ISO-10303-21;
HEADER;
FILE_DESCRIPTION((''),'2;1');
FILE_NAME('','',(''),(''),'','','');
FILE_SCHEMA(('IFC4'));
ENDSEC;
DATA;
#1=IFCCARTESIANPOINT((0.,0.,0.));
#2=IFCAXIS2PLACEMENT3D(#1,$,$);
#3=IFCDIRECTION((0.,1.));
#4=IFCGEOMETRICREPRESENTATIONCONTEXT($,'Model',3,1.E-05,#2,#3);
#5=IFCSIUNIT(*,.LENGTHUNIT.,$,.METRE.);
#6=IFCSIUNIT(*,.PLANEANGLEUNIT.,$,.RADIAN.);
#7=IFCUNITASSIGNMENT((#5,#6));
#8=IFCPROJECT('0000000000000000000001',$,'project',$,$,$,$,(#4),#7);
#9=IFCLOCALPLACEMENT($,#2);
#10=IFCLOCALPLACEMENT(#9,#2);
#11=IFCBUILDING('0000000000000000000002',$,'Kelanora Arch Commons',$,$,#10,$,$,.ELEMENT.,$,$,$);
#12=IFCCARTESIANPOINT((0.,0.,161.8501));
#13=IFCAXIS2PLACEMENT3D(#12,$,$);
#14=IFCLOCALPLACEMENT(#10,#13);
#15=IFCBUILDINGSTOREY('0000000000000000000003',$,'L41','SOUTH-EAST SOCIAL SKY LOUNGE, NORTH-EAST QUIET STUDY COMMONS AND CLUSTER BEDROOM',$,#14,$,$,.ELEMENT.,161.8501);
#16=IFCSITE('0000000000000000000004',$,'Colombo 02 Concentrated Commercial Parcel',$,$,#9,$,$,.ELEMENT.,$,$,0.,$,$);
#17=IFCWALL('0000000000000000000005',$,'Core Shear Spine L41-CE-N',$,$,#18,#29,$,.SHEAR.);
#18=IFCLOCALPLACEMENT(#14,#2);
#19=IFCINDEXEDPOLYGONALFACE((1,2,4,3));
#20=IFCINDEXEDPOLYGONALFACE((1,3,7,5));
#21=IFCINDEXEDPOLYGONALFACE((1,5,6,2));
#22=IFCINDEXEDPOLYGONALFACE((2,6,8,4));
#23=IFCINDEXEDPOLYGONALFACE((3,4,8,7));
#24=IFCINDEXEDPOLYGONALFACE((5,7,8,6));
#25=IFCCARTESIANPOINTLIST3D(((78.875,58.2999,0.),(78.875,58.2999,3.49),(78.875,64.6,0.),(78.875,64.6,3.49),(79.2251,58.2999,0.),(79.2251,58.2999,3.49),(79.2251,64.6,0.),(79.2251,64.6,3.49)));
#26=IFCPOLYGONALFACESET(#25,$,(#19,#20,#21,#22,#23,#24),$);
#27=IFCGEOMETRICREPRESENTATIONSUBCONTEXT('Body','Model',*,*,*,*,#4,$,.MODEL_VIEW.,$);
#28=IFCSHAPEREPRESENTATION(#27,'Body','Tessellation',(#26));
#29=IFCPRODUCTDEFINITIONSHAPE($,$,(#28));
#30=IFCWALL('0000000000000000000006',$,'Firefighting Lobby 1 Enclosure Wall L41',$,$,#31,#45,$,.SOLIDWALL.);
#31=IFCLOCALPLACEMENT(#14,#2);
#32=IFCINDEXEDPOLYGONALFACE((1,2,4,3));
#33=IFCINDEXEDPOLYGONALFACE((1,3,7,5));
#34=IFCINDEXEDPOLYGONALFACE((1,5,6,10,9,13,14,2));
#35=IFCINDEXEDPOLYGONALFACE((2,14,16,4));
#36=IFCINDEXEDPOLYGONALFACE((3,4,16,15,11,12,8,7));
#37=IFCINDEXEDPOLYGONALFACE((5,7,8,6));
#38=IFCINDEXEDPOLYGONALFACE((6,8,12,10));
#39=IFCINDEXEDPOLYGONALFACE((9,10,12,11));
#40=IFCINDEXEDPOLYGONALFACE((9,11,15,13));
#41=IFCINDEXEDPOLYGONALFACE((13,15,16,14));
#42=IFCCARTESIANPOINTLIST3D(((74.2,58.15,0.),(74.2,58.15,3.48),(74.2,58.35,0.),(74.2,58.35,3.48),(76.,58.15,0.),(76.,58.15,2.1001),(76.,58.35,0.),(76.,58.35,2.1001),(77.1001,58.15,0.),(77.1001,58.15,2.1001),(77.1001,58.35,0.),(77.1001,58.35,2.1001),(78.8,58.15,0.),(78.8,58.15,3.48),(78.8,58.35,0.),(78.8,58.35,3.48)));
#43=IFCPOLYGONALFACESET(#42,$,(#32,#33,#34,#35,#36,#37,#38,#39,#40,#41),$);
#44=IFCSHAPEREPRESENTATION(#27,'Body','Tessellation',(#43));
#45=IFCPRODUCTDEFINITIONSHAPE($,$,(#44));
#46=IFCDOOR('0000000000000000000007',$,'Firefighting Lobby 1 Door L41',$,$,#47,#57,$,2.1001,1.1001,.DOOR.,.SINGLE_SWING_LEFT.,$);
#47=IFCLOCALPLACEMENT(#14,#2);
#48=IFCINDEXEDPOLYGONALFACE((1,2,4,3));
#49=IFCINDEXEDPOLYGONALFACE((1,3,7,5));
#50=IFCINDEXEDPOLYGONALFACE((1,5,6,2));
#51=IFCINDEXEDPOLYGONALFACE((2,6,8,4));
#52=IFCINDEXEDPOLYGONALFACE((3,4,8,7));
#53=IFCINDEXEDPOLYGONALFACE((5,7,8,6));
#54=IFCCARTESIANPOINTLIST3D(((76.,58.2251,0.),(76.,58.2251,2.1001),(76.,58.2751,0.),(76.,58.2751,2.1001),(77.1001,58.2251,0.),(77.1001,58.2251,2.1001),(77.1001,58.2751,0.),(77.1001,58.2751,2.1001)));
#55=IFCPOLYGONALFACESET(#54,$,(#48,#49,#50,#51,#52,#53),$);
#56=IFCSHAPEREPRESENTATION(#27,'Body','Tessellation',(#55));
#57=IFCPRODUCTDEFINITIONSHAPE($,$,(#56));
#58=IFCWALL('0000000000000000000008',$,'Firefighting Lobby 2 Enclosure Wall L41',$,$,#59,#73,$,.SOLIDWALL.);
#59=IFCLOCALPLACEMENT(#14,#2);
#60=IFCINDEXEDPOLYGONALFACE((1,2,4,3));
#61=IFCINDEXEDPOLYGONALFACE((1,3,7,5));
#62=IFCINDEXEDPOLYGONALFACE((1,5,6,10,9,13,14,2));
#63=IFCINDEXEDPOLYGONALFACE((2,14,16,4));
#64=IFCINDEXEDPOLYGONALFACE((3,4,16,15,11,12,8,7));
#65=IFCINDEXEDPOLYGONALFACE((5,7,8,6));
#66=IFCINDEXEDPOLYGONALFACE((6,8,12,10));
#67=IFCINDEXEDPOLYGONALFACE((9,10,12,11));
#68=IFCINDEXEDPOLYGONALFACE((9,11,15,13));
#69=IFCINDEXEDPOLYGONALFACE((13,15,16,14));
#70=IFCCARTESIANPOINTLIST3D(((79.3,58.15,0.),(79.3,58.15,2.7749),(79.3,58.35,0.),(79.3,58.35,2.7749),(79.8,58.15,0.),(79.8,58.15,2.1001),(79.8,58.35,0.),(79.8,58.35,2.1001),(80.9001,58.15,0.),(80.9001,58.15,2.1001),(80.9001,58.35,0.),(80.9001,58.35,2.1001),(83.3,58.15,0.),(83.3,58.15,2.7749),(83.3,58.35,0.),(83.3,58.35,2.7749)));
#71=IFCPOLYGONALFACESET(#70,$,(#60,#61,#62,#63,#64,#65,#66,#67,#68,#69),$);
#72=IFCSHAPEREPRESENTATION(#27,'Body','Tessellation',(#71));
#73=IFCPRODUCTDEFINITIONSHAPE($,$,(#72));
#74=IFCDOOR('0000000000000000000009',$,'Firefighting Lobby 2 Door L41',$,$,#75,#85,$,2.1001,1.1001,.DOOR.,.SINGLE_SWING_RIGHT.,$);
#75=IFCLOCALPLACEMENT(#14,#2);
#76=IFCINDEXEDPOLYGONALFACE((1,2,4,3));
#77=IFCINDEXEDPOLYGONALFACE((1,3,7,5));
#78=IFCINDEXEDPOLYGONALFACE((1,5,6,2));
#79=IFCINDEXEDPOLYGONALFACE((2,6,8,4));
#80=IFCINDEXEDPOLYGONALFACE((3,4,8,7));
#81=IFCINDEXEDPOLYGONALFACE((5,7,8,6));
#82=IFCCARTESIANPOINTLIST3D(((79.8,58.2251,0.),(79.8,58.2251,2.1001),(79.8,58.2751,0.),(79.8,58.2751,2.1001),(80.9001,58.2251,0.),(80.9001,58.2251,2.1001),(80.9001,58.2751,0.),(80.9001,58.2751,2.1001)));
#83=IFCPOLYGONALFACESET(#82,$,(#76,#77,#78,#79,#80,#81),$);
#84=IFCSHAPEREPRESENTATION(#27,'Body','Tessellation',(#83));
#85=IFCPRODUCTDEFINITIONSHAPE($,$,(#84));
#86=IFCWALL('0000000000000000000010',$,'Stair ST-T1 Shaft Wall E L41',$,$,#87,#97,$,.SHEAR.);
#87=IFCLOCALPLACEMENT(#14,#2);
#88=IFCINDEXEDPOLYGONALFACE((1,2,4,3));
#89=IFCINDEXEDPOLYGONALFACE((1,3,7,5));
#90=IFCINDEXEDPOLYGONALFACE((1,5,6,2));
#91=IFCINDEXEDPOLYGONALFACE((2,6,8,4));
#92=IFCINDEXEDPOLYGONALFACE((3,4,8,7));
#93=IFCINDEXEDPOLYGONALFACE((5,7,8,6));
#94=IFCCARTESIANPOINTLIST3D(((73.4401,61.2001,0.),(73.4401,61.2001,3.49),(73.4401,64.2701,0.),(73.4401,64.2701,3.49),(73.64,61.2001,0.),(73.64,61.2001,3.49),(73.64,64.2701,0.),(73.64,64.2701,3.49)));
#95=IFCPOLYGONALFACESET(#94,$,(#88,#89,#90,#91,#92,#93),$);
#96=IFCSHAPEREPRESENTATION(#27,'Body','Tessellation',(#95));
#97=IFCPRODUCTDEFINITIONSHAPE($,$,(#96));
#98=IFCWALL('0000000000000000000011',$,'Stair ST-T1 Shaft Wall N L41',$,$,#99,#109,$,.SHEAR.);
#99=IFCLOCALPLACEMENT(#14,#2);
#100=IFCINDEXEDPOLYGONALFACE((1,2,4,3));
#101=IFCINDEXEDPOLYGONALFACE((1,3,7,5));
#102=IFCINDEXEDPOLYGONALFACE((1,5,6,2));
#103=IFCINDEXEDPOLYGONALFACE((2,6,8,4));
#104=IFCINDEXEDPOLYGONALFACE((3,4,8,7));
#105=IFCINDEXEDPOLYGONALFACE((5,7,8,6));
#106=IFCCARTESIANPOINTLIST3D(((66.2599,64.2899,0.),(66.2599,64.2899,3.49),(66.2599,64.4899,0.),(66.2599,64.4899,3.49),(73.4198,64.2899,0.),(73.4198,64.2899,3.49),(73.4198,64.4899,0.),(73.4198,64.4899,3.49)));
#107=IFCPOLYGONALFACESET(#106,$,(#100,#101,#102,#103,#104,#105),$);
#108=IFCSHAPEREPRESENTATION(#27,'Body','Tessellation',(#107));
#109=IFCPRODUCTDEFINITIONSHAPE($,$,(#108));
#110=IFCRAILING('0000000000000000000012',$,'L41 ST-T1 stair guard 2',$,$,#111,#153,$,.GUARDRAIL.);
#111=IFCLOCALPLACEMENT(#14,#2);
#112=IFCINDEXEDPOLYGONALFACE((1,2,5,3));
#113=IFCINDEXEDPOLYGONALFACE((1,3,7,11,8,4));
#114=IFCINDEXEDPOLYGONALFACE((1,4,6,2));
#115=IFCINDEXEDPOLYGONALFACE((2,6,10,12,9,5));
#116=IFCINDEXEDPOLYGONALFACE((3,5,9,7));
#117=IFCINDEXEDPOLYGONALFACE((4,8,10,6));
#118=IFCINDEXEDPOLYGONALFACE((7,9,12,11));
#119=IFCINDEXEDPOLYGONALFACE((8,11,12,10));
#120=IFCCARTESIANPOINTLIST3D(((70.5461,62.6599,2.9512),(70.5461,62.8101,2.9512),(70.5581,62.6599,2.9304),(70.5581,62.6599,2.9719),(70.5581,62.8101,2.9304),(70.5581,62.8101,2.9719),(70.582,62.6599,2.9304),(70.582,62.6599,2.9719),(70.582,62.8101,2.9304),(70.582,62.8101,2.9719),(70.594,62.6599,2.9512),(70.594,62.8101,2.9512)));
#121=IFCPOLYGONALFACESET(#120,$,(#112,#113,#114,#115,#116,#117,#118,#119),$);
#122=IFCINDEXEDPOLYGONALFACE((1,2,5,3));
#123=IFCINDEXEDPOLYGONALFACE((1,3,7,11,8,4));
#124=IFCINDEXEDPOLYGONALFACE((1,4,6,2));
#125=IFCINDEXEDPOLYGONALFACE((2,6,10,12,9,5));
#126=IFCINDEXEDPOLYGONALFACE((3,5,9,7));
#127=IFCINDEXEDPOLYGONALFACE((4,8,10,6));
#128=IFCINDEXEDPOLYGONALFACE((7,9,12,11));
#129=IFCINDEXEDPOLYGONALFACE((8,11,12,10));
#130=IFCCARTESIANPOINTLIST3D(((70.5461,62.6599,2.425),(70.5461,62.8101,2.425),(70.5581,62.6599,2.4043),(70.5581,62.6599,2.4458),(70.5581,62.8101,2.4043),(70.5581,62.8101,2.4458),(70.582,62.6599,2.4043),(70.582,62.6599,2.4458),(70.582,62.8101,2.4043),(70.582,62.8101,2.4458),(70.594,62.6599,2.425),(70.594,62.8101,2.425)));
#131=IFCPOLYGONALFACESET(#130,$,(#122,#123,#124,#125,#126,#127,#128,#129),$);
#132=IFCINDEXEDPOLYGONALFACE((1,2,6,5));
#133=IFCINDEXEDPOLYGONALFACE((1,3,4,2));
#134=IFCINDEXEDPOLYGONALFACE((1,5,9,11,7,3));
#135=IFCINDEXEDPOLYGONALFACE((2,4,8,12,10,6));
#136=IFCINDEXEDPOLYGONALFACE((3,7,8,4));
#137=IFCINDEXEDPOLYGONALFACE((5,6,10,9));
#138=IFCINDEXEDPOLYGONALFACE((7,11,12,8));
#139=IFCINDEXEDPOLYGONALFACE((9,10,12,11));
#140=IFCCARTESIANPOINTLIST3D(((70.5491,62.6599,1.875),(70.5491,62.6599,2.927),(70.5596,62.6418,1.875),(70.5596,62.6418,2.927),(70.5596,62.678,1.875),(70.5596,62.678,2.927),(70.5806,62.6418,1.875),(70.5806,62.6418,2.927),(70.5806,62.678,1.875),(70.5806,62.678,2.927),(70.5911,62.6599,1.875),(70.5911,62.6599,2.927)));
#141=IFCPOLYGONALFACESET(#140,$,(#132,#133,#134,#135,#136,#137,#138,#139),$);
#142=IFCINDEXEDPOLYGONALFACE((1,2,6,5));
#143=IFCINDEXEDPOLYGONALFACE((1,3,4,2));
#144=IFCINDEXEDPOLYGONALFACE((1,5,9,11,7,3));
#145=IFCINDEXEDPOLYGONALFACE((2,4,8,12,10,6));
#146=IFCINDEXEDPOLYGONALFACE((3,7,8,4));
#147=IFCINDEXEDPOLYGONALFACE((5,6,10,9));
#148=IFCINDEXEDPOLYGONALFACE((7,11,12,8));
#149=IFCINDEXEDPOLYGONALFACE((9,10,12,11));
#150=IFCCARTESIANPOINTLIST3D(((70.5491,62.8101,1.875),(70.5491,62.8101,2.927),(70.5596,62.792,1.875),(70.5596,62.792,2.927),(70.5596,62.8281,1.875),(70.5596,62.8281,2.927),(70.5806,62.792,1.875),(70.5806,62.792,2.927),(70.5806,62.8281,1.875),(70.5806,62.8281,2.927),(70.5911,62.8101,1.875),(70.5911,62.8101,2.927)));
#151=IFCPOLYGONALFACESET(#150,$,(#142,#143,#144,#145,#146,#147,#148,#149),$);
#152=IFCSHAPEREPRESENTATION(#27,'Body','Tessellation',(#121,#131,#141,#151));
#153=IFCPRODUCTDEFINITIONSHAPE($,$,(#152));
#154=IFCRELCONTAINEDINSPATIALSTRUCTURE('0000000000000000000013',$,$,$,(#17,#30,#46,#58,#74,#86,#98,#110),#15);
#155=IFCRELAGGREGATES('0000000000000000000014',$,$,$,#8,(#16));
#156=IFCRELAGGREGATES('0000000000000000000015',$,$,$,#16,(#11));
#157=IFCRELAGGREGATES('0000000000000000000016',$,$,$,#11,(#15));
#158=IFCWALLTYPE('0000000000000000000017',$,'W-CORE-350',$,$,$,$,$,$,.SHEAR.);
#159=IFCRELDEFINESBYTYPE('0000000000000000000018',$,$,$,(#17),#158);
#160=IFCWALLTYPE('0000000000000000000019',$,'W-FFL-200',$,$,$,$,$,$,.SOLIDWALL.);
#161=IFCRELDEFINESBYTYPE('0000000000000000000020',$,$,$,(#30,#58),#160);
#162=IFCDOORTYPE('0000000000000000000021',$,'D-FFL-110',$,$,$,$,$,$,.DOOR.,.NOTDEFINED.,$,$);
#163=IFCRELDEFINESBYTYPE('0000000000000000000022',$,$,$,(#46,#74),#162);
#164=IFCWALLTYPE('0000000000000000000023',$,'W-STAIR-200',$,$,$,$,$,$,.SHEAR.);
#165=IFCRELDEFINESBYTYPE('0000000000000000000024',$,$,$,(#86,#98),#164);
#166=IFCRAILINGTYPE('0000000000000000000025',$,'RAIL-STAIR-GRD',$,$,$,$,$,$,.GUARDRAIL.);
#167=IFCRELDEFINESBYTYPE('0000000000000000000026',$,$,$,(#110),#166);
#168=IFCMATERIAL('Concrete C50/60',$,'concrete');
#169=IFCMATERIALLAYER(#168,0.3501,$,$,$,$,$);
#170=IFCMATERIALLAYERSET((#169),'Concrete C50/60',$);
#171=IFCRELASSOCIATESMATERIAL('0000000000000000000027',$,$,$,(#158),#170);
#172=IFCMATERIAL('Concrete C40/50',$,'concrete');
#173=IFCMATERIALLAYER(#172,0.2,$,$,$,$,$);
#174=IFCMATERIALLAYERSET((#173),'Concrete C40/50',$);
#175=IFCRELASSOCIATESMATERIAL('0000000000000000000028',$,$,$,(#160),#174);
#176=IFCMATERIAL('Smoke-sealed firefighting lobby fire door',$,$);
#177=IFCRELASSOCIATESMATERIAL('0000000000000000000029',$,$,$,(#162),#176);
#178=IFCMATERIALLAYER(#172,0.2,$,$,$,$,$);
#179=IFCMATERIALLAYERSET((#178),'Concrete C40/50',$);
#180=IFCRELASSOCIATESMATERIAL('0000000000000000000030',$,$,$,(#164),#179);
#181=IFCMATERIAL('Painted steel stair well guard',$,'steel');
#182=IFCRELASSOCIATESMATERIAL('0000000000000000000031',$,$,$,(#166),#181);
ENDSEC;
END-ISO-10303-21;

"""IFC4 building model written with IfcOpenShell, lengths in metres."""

from ifc_helpers import new_model, si_unit, direction, frame, frame_2d, origin, place, context, subcontext, project, spatial, polyline, rectangle, outline, extrude, material, layer, layer_set, type_object, element, fill, save


model = new_model("IFC4")

# Units and contexts
model_context = context("Model", 3, precision=1e-05, world=origin(), true_north=direction((0.0, 1.0)))
body_context = subcontext(model_context, "Body", "Model", "MODEL_VIEW")
ifc_project = project(units=[si_unit("LENGTHUNIT", "METRE"), si_unit("PLANEANGLEUNIT", "RADIAN")], contexts=[model_context])

# Site, building, storey
site_placement = place(None, origin())
site = spatial("IfcSite", under=ifc_project, at=site_placement, Name="Colombo 02 Concentrated Commercial Parcel", CompositionType="ELEMENT", RefElevation=0.0)
building_placement = place(site_placement, origin())
building = spatial("IfcBuilding", under=site, at=building_placement, Name="Kelanora Arch Commons", CompositionType="ELEMENT")
storey_placement = place(building_placement, frame((0.0, 0.0, 161.8501)))
storey = spatial("IfcBuildingStorey", under=building, at=storey_placement, Name="L41", Description="SOUTH-EAST SOCIAL SKY LOUNGE, NORTH-EAST QUIET STUDY COMMONS AND CLUSTER BEDROOM", CompositionType="ELEMENT", Elevation=161.8501)

# Wall
ifc_material_1 = material(Name="Concrete C50/60", Category="concrete")
ifc_layer_1 = layer(ifc_material_1, 0.3501)
ifc_layer_set_1 = layer_set([ifc_layer_1], Name="Concrete C50/60")
wall_type_1 = type_object("IfcWallType", Name="W-CORE-350", PredefinedType="SHEAR", material=ifc_layer_set_1)
wall_1_placement = place(storey_placement, frame((79.05, 58.3, 0.0), z_axis=(0.0, 0.0, 1.0), x_axis=(0.0, 1.0, 0.0)))
element("IfcWall", 1, at=wall_1_placement, inside=storey, type_object=wall_type_1, Name="Core Shear Spine L41-CE-N", PredefinedType="SHEAR", context=body_context, shape_type="SweptSolid", body=[
    extrude(rectangle(XDim=6.3, YDim=0.3501, at=frame_2d((3.1499, 0.0))), origin(), (0.0, 0.0, 1.0), 3.49),
])

# Walls, openings, doors
ifc_material_2 = material(Name="Concrete C40/50", Category="concrete")
ifc_layer_2 = layer(ifc_material_2, 0.2)
ifc_layer_set_2 = layer_set([ifc_layer_2], Name="Concrete C40/50")
wall_type_2 = type_object("IfcWallType", Name="W-FFL-200", PredefinedType="SOLIDWALL", material=ifc_layer_set_2)
wall_2_placement = place(storey_placement, frame((74.2, 58.25, 0.0), z_axis=(0.0, 0.0, 1.0), x_axis=(1.0, 0.0, 0.0)))
wall_2 = element("IfcWall", 2, at=wall_2_placement, inside=storey, type_object=wall_type_2, Name="Firefighting Lobby 1 Enclosure Wall L41", PredefinedType="SOLIDWALL", context=body_context, shape_type="SweptSolid", body=[
    extrude(rectangle(XDim=4.6001, YDim=0.2, at=frame_2d((2.3, 0.0))), origin(), (0.0, 0.0, 1.0), 3.48),
])
opening_1_placement = place(wall_2_placement, frame((1.8, 0.0, 0.0)))
opening_1 = element("IfcOpeningElement", 3, at=opening_1_placement, cuts=wall_2, PredefinedType="OPENING", context=body_context, shape_type="SweptSolid", body=[
    extrude(rectangle(XDim=1.1001, YDim=2.1001, at=frame_2d((0.55, 1.05))), frame((0.0, 0.1099, 0.0), z_axis=(0.0, -1.0, 0.0), x_axis=(1.0, 0.0, 0.0)), (0.0, 0.0, 1.0), 0.22),
])
ifc_material_3 = material(Name="Smoke-sealed firefighting lobby fire door")
door_type_1 = type_object("IfcDoorType", Name="D-FFL-110", OperationType="NOTDEFINED", PredefinedType="DOOR", material=ifc_material_3)
door_1_placement = place(opening_1_placement, frame((1.1001, 0.0, 0.0), z_axis=(0.0, 0.0, 1.0), x_axis=(-1.0, 0.0, 0.0)))
door_1 = element("IfcDoor", 4, at=door_1_placement, inside=storey, type_object=door_type_1, Name="Firefighting Lobby 1 Door L41", OperationType="SINGLE_SWING_LEFT", OverallHeight=2.1001, OverallWidth=1.1001, PredefinedType="DOOR", context=body_context, shape_type="SweptSolid", body=[
    extrude(rectangle(XDim=1.1001, YDim=2.1001, at=frame_2d((0.55, 1.05))), frame((0.0, 0.0249, 0.0), z_axis=(0.0, -1.0, 0.0), x_axis=(1.0, 0.0, 0.0)), (0.0, 0.0, 1.0), 0.05),
])
fill(opening_1, door_1)
wall_3_placement = place(storey_placement, frame((79.3, 58.25, 0.0), z_axis=(0.0, 0.0, 1.0), x_axis=(1.0, 0.0, 0.0)))
wall_3 = element("IfcWall", 5, at=wall_3_placement, inside=storey, type_object=wall_type_2, Name="Firefighting Lobby 2 Enclosure Wall L41", PredefinedType="SOLIDWALL", context=body_context, shape_type="SweptSolid", body=[
    extrude(rectangle(XDim=4.0, YDim=0.2, at=frame_2d((2.0, 0.0))), origin(), (0.0, 0.0, 1.0), 2.7749),
])
opening_2_placement = place(wall_3_placement, frame((0.5, 0.0, 0.0)))
opening_2 = element("IfcOpeningElement", 6, at=opening_2_placement, cuts=wall_3, PredefinedType="OPENING", context=body_context, shape_type="SweptSolid", body=[
    extrude(rectangle(XDim=1.1001, YDim=2.1001, at=frame_2d((0.55, 1.05))), frame((0.0, 0.1099, 0.0), z_axis=(0.0, -1.0, 0.0), x_axis=(1.0, 0.0, 0.0)), (0.0, 0.0, 1.0), 0.22),
])
door_2_placement = place(opening_2_placement, frame((1.1001, 0.0, 0.0), z_axis=(0.0, 0.0, 1.0), x_axis=(-1.0, 0.0, 0.0)))
door_2 = element("IfcDoor", 7, at=door_2_placement, inside=storey, type_object=door_type_1, Name="Firefighting Lobby 2 Door L41", OperationType="SINGLE_SWING_RIGHT", OverallHeight=2.1001, OverallWidth=1.1001, PredefinedType="DOOR", context=body_context, shape_type="SweptSolid", body=[
    extrude(rectangle(XDim=1.1001, YDim=2.1001, at=frame_2d((0.55, 1.05))), frame((0.0, 0.0249, 0.0), z_axis=(0.0, -1.0, 0.0), x_axis=(1.0, 0.0, 0.0)), (0.0, 0.0, 1.0), 0.05),
])
fill(opening_2, door_2)

# Walls
ifc_layer_3 = layer(ifc_material_2, 0.2)
ifc_layer_set_3 = layer_set([ifc_layer_3], Name="Concrete C40/50")
wall_type_3 = type_object("IfcWallType", Name="W-STAIR-200", PredefinedType="SHEAR", material=ifc_layer_set_3)
wall_4_placement = place(storey_placement, frame((73.54, 61.2, 0.0), z_axis=(0.0, 0.0, 1.0), x_axis=(0.0, 1.0, 0.0)))
element("IfcWall", 8, at=wall_4_placement, inside=storey, type_object=wall_type_3, Name="Stair ST-T1 Shaft Wall E L41", PredefinedType="SHEAR", context=body_context, shape_type="SweptSolid", body=[
    extrude(rectangle(XDim=3.0701, YDim=0.2, at=frame_2d((1.5352, 0.0))), origin(), (0.0, 0.0, 1.0), 3.49),
])
wall_5_placement = place(storey_placement, frame((73.4199, 64.3899, 0.0), z_axis=(0.0, 0.0, 1.0), x_axis=(-1.0, 0.0, 0.0)))
element("IfcWall", 9, at=wall_5_placement, inside=storey, type_object=wall_type_3, Name="Stair ST-T1 Shaft Wall N L41", PredefinedType="SHEAR", context=body_context, shape_type="SweptSolid", body=[
    extrude(rectangle(XDim=7.1599, YDim=0.2, at=frame_2d((3.5801, 0.0))), origin(), (0.0, 0.0, 1.0), 3.49),
])

# Railing
ifc_material_4 = material(Name="Painted steel stair well guard", Category="steel")
railing_type_1 = type_object("IfcRailingType", Name="RAIL-STAIR-GRD", PredefinedType="GUARDRAIL", material=ifc_material_4)
railing_1_placement = place(storey_placement, frame((70.5701, 62.6599, 1.875)))
element("IfcRailing", 10, at=railing_1_placement, inside=storey, type_object=railing_type_1, Name="L41 ST-T1 stair guard 2", PredefinedType="GUARDRAIL", context=body_context, shape_type="SweptSolid", body=[
    extrude(outline(polyline([(0.0239, 0.0), (0.012, 0.0208), (-0.012, 0.0208), (-0.0239, 0.0), (-0.012, -0.0208), (0.012, -0.0208), (0.0239, 0.0)])), frame((0.0, 0.0, 1.0762), z_axis=(0.0, 1.0, 0.0), x_axis=(-1.0, 0.0, 0.0)), (0.0, 0.0, 1.0), 0.1501),
    extrude(outline(polyline([(0.0239, 0.0), (0.012, 0.0208), (-0.012, 0.0208), (-0.0239, 0.0), (-0.012, -0.0208), (0.012, -0.0208), (0.0239, 0.0)])), frame((0.0, 0.0, 0.55), z_axis=(0.0, 1.0, 0.0), x_axis=(-1.0, 0.0, 0.0)), (0.0, 0.0, 1.0), 0.1501),
    extrude(outline(polyline([(0.021, 0.0), (0.0105, 0.0181), (-0.0105, 0.0181), (-0.021, 0.0), (-0.0105, -0.0181), (0.0105, -0.0181), (0.021, 0.0)])), origin(), (0.0, 0.0, 1.0), 1.052),
    extrude(outline(polyline([(0.021, 0.0), (0.0105, 0.0181), (-0.0105, 0.0181), (-0.021, 0.0), (-0.0105, -0.0181), (0.0105, -0.0181), (0.021, 0.0)])), frame((0.0, 0.1501, 0.0)), (0.0, 0.0, 1.0), 1.052),
])

save(model, "model.ifc")
